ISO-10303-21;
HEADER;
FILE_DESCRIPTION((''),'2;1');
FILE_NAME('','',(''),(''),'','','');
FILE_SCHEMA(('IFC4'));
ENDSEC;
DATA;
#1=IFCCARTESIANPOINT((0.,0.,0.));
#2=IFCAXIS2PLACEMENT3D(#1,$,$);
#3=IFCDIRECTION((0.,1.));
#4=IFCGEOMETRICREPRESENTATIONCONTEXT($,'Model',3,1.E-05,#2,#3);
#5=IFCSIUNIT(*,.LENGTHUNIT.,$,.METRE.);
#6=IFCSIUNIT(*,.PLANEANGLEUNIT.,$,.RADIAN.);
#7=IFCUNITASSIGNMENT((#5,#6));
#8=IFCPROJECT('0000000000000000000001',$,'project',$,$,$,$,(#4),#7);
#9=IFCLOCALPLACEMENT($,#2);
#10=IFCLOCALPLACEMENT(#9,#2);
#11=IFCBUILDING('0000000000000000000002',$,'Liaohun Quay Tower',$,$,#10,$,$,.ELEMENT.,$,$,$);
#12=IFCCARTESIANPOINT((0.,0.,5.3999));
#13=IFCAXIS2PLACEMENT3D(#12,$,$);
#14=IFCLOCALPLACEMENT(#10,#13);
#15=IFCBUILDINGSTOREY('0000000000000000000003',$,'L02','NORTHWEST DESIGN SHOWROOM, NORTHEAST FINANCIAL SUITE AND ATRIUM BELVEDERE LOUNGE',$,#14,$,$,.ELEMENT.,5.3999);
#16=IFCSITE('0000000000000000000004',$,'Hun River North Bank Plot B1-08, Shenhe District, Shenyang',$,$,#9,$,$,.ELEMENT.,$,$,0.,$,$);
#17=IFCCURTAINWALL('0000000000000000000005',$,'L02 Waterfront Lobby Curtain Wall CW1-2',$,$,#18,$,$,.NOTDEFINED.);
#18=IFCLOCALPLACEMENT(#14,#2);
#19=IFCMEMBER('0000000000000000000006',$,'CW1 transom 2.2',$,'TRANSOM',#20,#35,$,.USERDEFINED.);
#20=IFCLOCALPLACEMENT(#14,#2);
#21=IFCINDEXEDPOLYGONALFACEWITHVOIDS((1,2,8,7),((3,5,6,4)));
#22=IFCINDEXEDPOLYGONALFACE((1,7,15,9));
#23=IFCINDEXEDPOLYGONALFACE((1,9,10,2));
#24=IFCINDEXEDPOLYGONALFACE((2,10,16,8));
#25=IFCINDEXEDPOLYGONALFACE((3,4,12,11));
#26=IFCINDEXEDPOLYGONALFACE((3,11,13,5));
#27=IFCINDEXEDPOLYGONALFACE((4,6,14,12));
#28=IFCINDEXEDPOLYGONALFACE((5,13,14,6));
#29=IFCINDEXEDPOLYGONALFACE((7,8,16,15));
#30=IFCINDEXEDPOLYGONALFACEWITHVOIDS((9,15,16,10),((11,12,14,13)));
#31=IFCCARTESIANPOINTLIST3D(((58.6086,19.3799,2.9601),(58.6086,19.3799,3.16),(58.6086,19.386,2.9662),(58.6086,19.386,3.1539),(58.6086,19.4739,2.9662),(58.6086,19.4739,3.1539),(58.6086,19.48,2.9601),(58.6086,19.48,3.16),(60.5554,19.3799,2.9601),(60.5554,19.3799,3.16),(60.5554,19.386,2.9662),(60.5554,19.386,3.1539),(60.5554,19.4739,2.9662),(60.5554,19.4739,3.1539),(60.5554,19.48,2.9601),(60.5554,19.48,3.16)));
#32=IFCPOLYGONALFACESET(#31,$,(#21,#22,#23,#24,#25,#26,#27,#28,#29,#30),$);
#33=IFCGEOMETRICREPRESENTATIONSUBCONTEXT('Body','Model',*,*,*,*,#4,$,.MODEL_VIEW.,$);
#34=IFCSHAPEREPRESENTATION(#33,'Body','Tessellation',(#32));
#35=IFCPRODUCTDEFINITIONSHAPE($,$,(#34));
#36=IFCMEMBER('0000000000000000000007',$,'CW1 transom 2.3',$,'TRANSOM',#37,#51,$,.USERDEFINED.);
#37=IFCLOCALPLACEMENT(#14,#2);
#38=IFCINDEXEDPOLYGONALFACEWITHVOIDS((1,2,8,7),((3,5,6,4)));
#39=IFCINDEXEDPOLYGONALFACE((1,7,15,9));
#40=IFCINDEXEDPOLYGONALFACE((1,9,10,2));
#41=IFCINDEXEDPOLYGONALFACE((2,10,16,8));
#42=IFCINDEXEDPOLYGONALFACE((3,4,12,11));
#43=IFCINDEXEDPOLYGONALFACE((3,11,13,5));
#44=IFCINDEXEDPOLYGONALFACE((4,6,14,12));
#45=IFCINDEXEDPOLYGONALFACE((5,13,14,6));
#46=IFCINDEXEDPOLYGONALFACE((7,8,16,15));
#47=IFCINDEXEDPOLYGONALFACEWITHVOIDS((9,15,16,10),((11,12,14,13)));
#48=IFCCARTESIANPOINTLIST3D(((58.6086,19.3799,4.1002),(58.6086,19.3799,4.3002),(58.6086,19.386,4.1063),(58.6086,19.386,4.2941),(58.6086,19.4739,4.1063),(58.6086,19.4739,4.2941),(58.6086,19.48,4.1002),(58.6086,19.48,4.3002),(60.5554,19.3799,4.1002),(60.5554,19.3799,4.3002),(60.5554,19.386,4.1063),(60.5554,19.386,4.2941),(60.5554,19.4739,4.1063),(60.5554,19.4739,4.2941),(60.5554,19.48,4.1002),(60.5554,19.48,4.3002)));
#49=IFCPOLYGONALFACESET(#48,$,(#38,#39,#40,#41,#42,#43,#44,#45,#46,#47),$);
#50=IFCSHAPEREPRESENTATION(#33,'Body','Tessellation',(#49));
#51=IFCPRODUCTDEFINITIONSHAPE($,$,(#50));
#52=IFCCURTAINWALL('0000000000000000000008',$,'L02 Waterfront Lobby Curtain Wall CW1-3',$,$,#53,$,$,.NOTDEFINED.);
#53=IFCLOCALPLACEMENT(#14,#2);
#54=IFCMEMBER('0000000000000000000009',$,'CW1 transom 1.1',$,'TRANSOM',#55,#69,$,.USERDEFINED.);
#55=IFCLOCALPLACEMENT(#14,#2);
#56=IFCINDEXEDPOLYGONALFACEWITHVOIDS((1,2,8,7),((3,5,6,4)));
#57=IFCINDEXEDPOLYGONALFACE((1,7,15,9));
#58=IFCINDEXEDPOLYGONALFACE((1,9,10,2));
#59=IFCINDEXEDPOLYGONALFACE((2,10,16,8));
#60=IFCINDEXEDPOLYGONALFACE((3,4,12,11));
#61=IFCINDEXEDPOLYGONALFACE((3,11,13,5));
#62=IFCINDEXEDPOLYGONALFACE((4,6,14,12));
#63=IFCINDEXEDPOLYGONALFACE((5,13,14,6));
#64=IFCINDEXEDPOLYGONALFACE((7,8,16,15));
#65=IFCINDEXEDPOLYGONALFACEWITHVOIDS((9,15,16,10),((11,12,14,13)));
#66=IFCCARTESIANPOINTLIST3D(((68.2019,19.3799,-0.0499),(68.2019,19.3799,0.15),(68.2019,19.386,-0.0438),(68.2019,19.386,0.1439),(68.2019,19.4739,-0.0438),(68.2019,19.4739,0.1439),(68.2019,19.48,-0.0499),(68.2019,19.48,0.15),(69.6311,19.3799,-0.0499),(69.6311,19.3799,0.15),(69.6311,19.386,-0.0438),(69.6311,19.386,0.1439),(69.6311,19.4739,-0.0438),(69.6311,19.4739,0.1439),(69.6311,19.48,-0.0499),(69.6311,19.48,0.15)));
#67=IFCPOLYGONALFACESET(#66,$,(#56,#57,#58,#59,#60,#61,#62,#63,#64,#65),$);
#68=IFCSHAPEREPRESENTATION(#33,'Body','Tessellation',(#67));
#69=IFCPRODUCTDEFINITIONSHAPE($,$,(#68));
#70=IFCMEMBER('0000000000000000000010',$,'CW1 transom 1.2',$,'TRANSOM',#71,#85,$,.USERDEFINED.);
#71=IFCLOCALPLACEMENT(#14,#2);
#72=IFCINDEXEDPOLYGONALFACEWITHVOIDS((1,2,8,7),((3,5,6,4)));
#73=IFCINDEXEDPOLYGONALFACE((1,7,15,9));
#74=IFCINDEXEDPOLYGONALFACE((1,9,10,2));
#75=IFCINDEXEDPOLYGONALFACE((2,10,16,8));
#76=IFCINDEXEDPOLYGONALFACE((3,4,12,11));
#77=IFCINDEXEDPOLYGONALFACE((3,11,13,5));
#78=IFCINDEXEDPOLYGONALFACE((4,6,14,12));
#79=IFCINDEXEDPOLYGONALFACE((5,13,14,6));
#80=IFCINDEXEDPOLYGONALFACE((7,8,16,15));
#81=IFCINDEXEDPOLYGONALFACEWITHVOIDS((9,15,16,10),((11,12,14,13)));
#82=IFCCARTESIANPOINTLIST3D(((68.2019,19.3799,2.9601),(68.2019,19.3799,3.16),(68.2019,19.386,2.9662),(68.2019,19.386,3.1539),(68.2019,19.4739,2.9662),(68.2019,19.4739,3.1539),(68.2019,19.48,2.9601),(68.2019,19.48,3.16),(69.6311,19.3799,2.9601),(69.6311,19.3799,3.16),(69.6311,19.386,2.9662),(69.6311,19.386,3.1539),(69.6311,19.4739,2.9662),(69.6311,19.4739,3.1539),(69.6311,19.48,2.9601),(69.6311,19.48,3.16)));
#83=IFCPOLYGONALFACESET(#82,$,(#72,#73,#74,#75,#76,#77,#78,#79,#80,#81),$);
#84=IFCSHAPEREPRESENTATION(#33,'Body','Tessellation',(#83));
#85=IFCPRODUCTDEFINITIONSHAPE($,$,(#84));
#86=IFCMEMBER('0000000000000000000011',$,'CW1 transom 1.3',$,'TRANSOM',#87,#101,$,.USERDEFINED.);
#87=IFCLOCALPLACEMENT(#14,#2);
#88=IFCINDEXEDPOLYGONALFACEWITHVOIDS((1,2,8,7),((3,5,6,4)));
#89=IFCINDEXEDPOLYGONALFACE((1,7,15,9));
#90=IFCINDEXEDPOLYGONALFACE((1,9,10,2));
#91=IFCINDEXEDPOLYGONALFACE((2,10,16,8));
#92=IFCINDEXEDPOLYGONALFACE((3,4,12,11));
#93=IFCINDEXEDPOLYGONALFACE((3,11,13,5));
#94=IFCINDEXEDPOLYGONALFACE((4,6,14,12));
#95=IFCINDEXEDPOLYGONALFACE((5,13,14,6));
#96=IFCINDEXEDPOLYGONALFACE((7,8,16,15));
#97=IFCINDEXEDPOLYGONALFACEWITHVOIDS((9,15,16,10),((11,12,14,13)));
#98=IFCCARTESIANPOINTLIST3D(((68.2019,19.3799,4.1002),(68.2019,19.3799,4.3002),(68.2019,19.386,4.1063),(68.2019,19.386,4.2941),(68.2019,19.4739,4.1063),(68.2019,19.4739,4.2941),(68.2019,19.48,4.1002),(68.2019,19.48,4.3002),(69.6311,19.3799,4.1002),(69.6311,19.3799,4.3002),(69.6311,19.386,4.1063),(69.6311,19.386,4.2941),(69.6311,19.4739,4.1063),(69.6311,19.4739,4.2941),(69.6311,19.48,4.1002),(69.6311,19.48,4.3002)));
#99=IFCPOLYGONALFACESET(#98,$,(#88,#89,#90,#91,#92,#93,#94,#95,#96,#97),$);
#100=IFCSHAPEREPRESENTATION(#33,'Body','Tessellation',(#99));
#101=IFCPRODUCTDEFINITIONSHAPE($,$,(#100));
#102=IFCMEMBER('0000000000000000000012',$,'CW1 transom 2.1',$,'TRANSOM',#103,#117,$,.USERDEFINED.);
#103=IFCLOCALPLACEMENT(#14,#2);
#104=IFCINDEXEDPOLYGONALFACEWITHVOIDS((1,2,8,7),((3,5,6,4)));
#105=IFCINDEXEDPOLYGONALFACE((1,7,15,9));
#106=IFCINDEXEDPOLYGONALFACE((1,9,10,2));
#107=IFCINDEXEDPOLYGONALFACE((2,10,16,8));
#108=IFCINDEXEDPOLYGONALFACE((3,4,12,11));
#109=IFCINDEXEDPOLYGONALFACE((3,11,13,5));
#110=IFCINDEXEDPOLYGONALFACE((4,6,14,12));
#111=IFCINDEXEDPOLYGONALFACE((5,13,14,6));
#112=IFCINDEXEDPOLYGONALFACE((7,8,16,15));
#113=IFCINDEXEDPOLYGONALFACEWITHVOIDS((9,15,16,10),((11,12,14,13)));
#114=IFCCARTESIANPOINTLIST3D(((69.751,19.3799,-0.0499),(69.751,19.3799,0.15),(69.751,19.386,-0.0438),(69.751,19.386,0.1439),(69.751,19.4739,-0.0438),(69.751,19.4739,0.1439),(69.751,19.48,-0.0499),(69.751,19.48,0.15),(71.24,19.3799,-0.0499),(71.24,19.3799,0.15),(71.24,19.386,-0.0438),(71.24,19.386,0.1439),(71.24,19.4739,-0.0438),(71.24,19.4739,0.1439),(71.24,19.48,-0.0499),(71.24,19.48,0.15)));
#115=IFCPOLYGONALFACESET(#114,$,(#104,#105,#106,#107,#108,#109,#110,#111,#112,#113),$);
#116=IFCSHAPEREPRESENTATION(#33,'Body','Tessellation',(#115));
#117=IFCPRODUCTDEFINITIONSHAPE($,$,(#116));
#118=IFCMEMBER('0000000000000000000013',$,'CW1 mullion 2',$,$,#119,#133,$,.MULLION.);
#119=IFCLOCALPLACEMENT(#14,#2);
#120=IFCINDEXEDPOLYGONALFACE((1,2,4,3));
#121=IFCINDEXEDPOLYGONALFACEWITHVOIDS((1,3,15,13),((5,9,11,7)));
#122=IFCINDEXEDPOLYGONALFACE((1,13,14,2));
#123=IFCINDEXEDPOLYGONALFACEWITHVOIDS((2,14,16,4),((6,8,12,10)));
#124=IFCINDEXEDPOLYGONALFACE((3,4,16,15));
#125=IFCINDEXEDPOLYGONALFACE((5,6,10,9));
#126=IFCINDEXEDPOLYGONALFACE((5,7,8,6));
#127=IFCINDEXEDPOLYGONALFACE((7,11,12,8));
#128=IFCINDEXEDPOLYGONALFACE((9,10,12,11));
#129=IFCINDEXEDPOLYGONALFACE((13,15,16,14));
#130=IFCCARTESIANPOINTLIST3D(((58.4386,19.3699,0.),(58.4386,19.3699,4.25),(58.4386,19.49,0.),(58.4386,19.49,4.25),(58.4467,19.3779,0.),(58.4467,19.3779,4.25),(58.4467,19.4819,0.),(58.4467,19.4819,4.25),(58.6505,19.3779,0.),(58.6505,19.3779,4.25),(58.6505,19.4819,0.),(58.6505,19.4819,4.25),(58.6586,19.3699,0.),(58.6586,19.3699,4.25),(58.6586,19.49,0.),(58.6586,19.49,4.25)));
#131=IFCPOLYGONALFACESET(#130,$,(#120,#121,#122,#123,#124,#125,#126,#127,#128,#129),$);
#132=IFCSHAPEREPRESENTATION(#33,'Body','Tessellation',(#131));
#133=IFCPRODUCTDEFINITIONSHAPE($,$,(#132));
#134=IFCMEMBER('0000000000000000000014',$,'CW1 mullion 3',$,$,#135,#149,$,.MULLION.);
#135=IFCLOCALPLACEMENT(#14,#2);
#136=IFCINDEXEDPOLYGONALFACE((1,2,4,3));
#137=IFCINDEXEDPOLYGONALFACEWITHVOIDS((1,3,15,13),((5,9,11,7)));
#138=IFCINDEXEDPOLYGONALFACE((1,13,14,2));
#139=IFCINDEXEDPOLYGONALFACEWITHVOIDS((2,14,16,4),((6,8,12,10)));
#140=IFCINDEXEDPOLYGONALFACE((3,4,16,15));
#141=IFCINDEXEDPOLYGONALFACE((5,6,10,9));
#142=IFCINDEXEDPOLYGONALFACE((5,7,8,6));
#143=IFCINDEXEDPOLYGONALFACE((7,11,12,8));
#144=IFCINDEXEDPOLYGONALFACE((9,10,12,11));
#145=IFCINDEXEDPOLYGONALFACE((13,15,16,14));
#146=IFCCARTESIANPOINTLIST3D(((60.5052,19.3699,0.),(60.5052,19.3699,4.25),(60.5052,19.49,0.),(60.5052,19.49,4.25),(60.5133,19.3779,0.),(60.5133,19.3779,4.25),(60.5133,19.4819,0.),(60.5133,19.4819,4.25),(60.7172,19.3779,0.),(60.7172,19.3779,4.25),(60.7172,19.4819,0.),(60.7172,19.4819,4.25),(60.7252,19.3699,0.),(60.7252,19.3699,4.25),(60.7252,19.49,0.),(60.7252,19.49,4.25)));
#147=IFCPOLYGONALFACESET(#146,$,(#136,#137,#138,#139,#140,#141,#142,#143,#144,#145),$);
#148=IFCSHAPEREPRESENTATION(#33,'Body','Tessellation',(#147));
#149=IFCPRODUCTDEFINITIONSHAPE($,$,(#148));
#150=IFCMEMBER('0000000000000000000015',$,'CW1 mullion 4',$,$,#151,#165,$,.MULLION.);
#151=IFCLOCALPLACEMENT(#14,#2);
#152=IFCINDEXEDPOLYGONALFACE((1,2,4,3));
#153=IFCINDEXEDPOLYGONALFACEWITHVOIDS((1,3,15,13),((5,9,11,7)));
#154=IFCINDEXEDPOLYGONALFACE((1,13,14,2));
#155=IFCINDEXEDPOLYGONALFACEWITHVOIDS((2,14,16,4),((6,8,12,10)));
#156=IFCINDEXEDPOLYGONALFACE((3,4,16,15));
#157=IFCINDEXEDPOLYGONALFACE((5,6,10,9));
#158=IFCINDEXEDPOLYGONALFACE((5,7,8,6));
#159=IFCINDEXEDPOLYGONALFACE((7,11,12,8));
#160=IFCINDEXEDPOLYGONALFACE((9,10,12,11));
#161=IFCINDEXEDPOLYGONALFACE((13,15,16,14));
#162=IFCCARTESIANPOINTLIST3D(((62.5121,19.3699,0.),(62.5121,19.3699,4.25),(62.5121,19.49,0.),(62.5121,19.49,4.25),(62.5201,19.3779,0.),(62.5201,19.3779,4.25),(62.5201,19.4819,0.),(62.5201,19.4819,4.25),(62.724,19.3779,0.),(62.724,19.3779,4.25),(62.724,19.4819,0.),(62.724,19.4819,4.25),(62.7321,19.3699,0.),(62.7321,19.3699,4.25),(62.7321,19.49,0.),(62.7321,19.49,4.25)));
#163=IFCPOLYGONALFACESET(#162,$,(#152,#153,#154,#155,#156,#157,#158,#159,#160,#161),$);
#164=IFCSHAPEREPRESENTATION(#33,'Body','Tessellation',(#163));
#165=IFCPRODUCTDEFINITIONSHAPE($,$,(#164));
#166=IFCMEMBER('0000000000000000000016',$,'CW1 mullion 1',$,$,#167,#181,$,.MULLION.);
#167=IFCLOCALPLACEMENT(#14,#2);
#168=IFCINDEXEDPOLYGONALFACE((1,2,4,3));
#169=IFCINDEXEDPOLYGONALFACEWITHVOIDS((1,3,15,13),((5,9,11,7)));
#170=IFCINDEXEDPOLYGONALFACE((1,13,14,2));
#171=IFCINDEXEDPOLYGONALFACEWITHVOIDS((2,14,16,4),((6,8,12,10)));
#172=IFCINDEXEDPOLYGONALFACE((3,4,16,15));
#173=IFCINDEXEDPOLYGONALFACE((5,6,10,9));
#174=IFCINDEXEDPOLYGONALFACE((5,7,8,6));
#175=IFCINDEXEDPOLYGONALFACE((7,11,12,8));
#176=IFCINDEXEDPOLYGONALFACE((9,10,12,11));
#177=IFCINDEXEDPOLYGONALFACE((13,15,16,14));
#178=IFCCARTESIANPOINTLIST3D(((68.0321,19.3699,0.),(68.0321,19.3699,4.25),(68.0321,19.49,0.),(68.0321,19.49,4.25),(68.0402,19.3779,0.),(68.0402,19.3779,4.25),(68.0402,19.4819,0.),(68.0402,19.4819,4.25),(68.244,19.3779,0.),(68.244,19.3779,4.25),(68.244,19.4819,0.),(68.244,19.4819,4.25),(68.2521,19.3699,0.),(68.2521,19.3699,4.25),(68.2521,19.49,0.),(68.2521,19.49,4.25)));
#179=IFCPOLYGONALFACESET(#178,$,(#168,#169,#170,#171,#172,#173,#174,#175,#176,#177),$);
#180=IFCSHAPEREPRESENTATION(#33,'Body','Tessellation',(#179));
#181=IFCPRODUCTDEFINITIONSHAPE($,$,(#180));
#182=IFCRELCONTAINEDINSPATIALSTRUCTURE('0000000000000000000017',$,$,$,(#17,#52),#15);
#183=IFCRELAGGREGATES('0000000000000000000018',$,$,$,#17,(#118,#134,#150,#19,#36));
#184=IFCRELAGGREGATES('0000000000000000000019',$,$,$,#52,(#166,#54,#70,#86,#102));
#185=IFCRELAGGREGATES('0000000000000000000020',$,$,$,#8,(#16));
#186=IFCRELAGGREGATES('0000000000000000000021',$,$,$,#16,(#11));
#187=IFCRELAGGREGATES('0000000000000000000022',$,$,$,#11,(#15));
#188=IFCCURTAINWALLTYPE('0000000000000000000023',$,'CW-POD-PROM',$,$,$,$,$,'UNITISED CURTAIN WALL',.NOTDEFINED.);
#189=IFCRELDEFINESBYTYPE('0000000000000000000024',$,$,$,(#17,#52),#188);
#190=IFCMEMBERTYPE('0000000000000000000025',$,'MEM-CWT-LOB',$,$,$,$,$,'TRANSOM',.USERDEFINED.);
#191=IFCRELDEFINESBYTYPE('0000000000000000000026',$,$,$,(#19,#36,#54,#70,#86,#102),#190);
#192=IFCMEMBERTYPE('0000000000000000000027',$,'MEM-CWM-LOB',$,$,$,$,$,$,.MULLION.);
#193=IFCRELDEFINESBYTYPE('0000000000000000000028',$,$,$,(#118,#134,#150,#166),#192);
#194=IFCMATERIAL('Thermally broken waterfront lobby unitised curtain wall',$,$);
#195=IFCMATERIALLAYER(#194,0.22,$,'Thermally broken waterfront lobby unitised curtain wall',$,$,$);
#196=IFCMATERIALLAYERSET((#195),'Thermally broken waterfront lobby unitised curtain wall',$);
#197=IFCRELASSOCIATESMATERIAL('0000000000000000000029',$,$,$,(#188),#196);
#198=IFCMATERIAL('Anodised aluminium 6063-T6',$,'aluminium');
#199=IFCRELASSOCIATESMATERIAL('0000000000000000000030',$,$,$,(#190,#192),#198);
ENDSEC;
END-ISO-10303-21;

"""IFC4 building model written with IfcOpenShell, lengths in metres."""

from ifc_helpers import new_model, si_unit, direction, frame, origin, origin_2d, place, context, subcontext, project, spatial, hollow_rectangle, extrude, source, transform, mapped, material, layer, layer_set, material_profile, profile_set, type_object, element, aggregate, save


model = new_model("IFC4")

# Units and contexts
model_context = context("Model", 3, precision=1e-05, world=origin(), true_north=direction((0.0, 1.0)))
body_context = subcontext(model_context, "Body", "Model", "MODEL_VIEW")
ifc_project = project(units=[si_unit("LENGTHUNIT", "METRE"), si_unit("PLANEANGLEUNIT", "RADIAN")], contexts=[model_context])

# Site, building, storey
site_placement = place(None, origin())
site = spatial("IfcSite", under=ifc_project, at=site_placement, Name="Hun River North Bank Plot B1-08, Shenhe District, Shenyang", CompositionType="ELEMENT", RefElevation=0.0)
building_placement = place(site_placement, origin())
building = spatial("IfcBuilding", under=site, at=building_placement, Name="Liaohun Quay Tower", CompositionType="ELEMENT")
storey_placement = place(building_placement, frame((0.0, 0.0, 5.3999)))
storey = spatial("IfcBuildingStorey", under=building, at=storey_placement, Name="L02", Description="NORTHWEST DESIGN SHOWROOM, NORTHEAST FINANCIAL SUITE AND ATRIUM BELVEDERE LOUNGE", CompositionType="ELEMENT", Elevation=5.3999)

# Curtain walls, members
ifc_material_1 = material(Name="Thermally broken waterfront lobby unitised curtain wall")
ifc_layer_1 = layer(ifc_material_1, 0.22, Name="Thermally broken waterfront lobby unitised curtain wall")
ifc_layer_set_1 = layer_set([ifc_layer_1], Name="Thermally broken waterfront lobby unitised curtain wall")
curtain_wall_type = type_object("IfcCurtainWallType", Name="CW-POD-PROM", ElementType="UNITISED CURTAIN WALL", PredefinedType="NOTDEFINED", material=ifc_layer_set_1)
curtain_wall_1_placement = place(storey_placement, origin())
curtain_wall_1 = element("IfcCurtainWall", 1, at=curtain_wall_1_placement, inside=storey, type_object=curtain_wall_type, Name="L02 Waterfront Lobby Curtain Wall CW1-2", PredefinedType="NOTDEFINED")
ifc_material_2 = material(Name="Anodised aluminium 6063-T6", Category="aluminium")
ifc_material_profile_1 = material_profile(ifc_material_2, hollow_rectangle(XDim=0.1001, YDim=0.2, WallThickness=0.0061, at=origin_2d()), Name="RHS200x100x6")
ifc_profile_set_1 = profile_set([ifc_material_profile_1], Name="Anodised aluminium 6063-T6")
member_type_1 = type_object("IfcMemberType", Name="MEM-CWT-LOB", ElementType="TRANSOM", PredefinedType="USERDEFINED", material=ifc_profile_set_1)
shared_shape_1 = source(origin(), body_context, "Body", "SweptSolid", [
    extrude(hollow_rectangle(XDim=0.1001, YDim=0.2, WallThickness=0.0061, at=origin_2d()), origin(), (0.0, 0.0, 1.0), 1.9468),
])
member_1_placement = place(storey_placement, frame((58.6086, 19.4299, 3.0601), z_axis=(1.0, 0.0, 0.0), x_axis=(0.0, 1.0, 0.0)))
member_1 = element("IfcMember", 2, at=member_1_placement, type_object=member_type_1, Name="CW1 transom 2.2", ObjectType="TRANSOM", PredefinedType="USERDEFINED", context=body_context, shape_type="MappedRepresentation", body=[
    mapped(shared_shape_1, transform((0.0, 0.0, 0.0), x_axis=(1.0, 0.0, 0.0), y_axis=(0.0, 1.0, 0.0), z_axis=(0.0, 0.0, 1.0), scale=1.0)),
])
member_2_placement = place(storey_placement, frame((58.6086, 19.4299, 4.2002), z_axis=(1.0, 0.0, 0.0), x_axis=(0.0, 1.0, 0.0)))
member_2 = element("IfcMember", 3, at=member_2_placement, type_object=member_type_1, Name="CW1 transom 2.3", ObjectType="TRANSOM", PredefinedType="USERDEFINED", context=body_context, shape_type="MappedRepresentation", body=[
    mapped(shared_shape_1, transform((0.0, 0.0, 0.0), x_axis=(1.0, 0.0, 0.0), y_axis=(0.0, 1.0, 0.0), z_axis=(0.0, 0.0, 1.0), scale=1.0)),
])
curtain_wall_2_placement = place(storey_placement, origin())
curtain_wall_2 = element("IfcCurtainWall", 4, at=curtain_wall_2_placement, inside=storey, type_object=curtain_wall_type, Name="L02 Waterfront Lobby Curtain Wall CW1-3", PredefinedType="NOTDEFINED")
shared_shape_2 = source(origin(), body_context, "Body", "SweptSolid", [
    extrude(hollow_rectangle(XDim=0.1001, YDim=0.2, WallThickness=0.0061, at=origin_2d()), origin(), (0.0, 0.0, 1.0), 1.4292),
])
member_3_placement = place(storey_placement, frame((68.2019, 19.4299, 0.05), z_axis=(1.0, 0.0, 0.0), x_axis=(0.0, 1.0, 0.0)))
member_3 = element("IfcMember", 5, at=member_3_placement, type_object=member_type_1, Name="CW1 transom 1.1", ObjectType="TRANSOM", PredefinedType="USERDEFINED", context=body_context, shape_type="MappedRepresentation", body=[
    mapped(shared_shape_2, transform((0.0, 0.0, 0.0), x_axis=(1.0, 0.0, 0.0), y_axis=(0.0, 1.0, 0.0), z_axis=(0.0, 0.0, 1.0), scale=1.0)),
])
member_4_placement = place(storey_placement, frame((68.2019, 19.4299, 3.0601), z_axis=(1.0, 0.0, 0.0), x_axis=(0.0, 1.0, 0.0)))
member_4 = element("IfcMember", 6, at=member_4_placement, type_object=member_type_1, Name="CW1 transom 1.2", ObjectType="TRANSOM", PredefinedType="USERDEFINED", context=body_context, shape_type="MappedRepresentation", body=[
    mapped(shared_shape_2, transform((0.0, 0.0, 0.0), x_axis=(1.0, 0.0, 0.0), y_axis=(0.0, 1.0, 0.0), z_axis=(0.0, 0.0, 1.0), scale=1.0)),
])
member_5_placement = place(storey_placement, frame((68.2019, 19.4299, 4.2002), z_axis=(1.0, 0.0, 0.0), x_axis=(0.0, 1.0, 0.0)))
member_5 = element("IfcMember", 7, at=member_5_placement, type_object=member_type_1, Name="CW1 transom 1.3", ObjectType="TRANSOM", PredefinedType="USERDEFINED", context=body_context, shape_type="MappedRepresentation", body=[
    mapped(shared_shape_2, transform((0.0, 0.0, 0.0), x_axis=(1.0, 0.0, 0.0), y_axis=(0.0, 1.0, 0.0), z_axis=(0.0, 0.0, 1.0), scale=1.0)),
])
shared_shape_3 = source(origin(), body_context, "Body", "SweptSolid", [
    extrude(hollow_rectangle(XDim=0.1001, YDim=0.2, WallThickness=0.0061, at=origin_2d()), origin(), (0.0, 0.0, 1.0), 1.489),
])
member_6_placement = place(storey_placement, frame((69.751, 19.4299, 0.05), z_axis=(1.0, 0.0, 0.0), x_axis=(0.0, 1.0, 0.0)))
member_6 = element("IfcMember", 8, at=member_6_placement, type_object=member_type_1, Name="CW1 transom 2.1", ObjectType="TRANSOM", PredefinedType="USERDEFINED", context=body_context, shape_type="MappedRepresentation", body=[
    mapped(shared_shape_3, transform((0.0, 0.0, 0.0), x_axis=(1.0, 0.0, 0.0), y_axis=(0.0, 1.0, 0.0), z_axis=(0.0, 0.0, 1.0), scale=1.0)),
])

# Members
ifc_material_profile_2 = material_profile(ifc_material_2, hollow_rectangle(XDim=0.1201, YDim=0.22, WallThickness=0.0081, at=origin_2d()), Name="RHS220x120x8")
ifc_profile_set_2 = profile_set([ifc_material_profile_2], Name="Anodised aluminium 6063-T6")
member_type_2 = type_object("IfcMemberType", Name="MEM-CWM-LOB", PredefinedType="MULLION", material=ifc_profile_set_2)
shared_shape_4 = source(origin(), body_context, "Body", "SweptSolid", [
    extrude(hollow_rectangle(XDim=0.1201, YDim=0.22, WallThickness=0.0081, at=origin_2d()), origin(), (0.0, 0.0, 1.0), 4.25),
])
member_7_placement = place(storey_placement, frame((58.5486, 19.4299, 0.0), z_axis=(0.0, 0.0, 1.0), x_axis=(0.0, 1.0, 0.0)))
member_7 = element("IfcMember", 9, at=member_7_placement, type_object=member_type_2, Name="CW1 mullion 2", PredefinedType="MULLION", context=body_context, shape_type="MappedRepresentation", body=[
    mapped(shared_shape_4, transform((0.0, 0.0, 0.0), x_axis=(1.0, 0.0, 0.0), y_axis=(0.0, 1.0, 0.0), z_axis=(0.0, 0.0, 1.0), scale=1.0)),
])
member_8_placement = place(storey_placement, frame((60.6152, 19.4299, 0.0), z_axis=(0.0, 0.0, 1.0), x_axis=(0.0, 1.0, 0.0)))
member_8 = element("IfcMember", 10, at=member_8_placement, type_object=member_type_2, Name="CW1 mullion 3", PredefinedType="MULLION", context=body_context, shape_type="MappedRepresentation", body=[
    mapped(shared_shape_4, transform((0.0, 0.0, 0.0), x_axis=(1.0, 0.0, 0.0), y_axis=(0.0, 1.0, 0.0), z_axis=(0.0, 0.0, 1.0), scale=1.0)),
])
member_9_placement = place(storey_placement, frame((62.6221, 19.4299, 0.0), z_axis=(0.0, 0.0, 1.0), x_axis=(0.0, 1.0, 0.0)))
member_9 = element("IfcMember", 11, at=member_9_placement, type_object=member_type_2, Name="CW1 mullion 4", PredefinedType="MULLION", context=body_context, shape_type="MappedRepresentation", body=[
    mapped(shared_shape_4, transform((0.0, 0.0, 0.0), x_axis=(1.0, 0.0, 0.0), y_axis=(0.0, 1.0, 0.0), z_axis=(0.0, 0.0, 1.0), scale=1.0)),
])
member_10_placement = place(storey_placement, frame((68.1421, 19.4299, 0.0), z_axis=(0.0, 0.0, 1.0), x_axis=(0.0, 1.0, 0.0)))
member_10 = element("IfcMember", 12, at=member_10_placement, type_object=member_type_2, Name="CW1 mullion 1", PredefinedType="MULLION", context=body_context, shape_type="MappedRepresentation", body=[
    mapped(shared_shape_4, transform((0.0, 0.0, 0.0), x_axis=(1.0, 0.0, 0.0), y_axis=(0.0, 1.0, 0.0), z_axis=(0.0, 0.0, 1.0), scale=1.0)),
])

aggregate(curtain_wall_1, [member_7, member_8, member_9, member_1, member_2])
aggregate(curtain_wall_2, [member_10, member_3, member_4, member_5, member_6])

save(model, "model.ifc")
